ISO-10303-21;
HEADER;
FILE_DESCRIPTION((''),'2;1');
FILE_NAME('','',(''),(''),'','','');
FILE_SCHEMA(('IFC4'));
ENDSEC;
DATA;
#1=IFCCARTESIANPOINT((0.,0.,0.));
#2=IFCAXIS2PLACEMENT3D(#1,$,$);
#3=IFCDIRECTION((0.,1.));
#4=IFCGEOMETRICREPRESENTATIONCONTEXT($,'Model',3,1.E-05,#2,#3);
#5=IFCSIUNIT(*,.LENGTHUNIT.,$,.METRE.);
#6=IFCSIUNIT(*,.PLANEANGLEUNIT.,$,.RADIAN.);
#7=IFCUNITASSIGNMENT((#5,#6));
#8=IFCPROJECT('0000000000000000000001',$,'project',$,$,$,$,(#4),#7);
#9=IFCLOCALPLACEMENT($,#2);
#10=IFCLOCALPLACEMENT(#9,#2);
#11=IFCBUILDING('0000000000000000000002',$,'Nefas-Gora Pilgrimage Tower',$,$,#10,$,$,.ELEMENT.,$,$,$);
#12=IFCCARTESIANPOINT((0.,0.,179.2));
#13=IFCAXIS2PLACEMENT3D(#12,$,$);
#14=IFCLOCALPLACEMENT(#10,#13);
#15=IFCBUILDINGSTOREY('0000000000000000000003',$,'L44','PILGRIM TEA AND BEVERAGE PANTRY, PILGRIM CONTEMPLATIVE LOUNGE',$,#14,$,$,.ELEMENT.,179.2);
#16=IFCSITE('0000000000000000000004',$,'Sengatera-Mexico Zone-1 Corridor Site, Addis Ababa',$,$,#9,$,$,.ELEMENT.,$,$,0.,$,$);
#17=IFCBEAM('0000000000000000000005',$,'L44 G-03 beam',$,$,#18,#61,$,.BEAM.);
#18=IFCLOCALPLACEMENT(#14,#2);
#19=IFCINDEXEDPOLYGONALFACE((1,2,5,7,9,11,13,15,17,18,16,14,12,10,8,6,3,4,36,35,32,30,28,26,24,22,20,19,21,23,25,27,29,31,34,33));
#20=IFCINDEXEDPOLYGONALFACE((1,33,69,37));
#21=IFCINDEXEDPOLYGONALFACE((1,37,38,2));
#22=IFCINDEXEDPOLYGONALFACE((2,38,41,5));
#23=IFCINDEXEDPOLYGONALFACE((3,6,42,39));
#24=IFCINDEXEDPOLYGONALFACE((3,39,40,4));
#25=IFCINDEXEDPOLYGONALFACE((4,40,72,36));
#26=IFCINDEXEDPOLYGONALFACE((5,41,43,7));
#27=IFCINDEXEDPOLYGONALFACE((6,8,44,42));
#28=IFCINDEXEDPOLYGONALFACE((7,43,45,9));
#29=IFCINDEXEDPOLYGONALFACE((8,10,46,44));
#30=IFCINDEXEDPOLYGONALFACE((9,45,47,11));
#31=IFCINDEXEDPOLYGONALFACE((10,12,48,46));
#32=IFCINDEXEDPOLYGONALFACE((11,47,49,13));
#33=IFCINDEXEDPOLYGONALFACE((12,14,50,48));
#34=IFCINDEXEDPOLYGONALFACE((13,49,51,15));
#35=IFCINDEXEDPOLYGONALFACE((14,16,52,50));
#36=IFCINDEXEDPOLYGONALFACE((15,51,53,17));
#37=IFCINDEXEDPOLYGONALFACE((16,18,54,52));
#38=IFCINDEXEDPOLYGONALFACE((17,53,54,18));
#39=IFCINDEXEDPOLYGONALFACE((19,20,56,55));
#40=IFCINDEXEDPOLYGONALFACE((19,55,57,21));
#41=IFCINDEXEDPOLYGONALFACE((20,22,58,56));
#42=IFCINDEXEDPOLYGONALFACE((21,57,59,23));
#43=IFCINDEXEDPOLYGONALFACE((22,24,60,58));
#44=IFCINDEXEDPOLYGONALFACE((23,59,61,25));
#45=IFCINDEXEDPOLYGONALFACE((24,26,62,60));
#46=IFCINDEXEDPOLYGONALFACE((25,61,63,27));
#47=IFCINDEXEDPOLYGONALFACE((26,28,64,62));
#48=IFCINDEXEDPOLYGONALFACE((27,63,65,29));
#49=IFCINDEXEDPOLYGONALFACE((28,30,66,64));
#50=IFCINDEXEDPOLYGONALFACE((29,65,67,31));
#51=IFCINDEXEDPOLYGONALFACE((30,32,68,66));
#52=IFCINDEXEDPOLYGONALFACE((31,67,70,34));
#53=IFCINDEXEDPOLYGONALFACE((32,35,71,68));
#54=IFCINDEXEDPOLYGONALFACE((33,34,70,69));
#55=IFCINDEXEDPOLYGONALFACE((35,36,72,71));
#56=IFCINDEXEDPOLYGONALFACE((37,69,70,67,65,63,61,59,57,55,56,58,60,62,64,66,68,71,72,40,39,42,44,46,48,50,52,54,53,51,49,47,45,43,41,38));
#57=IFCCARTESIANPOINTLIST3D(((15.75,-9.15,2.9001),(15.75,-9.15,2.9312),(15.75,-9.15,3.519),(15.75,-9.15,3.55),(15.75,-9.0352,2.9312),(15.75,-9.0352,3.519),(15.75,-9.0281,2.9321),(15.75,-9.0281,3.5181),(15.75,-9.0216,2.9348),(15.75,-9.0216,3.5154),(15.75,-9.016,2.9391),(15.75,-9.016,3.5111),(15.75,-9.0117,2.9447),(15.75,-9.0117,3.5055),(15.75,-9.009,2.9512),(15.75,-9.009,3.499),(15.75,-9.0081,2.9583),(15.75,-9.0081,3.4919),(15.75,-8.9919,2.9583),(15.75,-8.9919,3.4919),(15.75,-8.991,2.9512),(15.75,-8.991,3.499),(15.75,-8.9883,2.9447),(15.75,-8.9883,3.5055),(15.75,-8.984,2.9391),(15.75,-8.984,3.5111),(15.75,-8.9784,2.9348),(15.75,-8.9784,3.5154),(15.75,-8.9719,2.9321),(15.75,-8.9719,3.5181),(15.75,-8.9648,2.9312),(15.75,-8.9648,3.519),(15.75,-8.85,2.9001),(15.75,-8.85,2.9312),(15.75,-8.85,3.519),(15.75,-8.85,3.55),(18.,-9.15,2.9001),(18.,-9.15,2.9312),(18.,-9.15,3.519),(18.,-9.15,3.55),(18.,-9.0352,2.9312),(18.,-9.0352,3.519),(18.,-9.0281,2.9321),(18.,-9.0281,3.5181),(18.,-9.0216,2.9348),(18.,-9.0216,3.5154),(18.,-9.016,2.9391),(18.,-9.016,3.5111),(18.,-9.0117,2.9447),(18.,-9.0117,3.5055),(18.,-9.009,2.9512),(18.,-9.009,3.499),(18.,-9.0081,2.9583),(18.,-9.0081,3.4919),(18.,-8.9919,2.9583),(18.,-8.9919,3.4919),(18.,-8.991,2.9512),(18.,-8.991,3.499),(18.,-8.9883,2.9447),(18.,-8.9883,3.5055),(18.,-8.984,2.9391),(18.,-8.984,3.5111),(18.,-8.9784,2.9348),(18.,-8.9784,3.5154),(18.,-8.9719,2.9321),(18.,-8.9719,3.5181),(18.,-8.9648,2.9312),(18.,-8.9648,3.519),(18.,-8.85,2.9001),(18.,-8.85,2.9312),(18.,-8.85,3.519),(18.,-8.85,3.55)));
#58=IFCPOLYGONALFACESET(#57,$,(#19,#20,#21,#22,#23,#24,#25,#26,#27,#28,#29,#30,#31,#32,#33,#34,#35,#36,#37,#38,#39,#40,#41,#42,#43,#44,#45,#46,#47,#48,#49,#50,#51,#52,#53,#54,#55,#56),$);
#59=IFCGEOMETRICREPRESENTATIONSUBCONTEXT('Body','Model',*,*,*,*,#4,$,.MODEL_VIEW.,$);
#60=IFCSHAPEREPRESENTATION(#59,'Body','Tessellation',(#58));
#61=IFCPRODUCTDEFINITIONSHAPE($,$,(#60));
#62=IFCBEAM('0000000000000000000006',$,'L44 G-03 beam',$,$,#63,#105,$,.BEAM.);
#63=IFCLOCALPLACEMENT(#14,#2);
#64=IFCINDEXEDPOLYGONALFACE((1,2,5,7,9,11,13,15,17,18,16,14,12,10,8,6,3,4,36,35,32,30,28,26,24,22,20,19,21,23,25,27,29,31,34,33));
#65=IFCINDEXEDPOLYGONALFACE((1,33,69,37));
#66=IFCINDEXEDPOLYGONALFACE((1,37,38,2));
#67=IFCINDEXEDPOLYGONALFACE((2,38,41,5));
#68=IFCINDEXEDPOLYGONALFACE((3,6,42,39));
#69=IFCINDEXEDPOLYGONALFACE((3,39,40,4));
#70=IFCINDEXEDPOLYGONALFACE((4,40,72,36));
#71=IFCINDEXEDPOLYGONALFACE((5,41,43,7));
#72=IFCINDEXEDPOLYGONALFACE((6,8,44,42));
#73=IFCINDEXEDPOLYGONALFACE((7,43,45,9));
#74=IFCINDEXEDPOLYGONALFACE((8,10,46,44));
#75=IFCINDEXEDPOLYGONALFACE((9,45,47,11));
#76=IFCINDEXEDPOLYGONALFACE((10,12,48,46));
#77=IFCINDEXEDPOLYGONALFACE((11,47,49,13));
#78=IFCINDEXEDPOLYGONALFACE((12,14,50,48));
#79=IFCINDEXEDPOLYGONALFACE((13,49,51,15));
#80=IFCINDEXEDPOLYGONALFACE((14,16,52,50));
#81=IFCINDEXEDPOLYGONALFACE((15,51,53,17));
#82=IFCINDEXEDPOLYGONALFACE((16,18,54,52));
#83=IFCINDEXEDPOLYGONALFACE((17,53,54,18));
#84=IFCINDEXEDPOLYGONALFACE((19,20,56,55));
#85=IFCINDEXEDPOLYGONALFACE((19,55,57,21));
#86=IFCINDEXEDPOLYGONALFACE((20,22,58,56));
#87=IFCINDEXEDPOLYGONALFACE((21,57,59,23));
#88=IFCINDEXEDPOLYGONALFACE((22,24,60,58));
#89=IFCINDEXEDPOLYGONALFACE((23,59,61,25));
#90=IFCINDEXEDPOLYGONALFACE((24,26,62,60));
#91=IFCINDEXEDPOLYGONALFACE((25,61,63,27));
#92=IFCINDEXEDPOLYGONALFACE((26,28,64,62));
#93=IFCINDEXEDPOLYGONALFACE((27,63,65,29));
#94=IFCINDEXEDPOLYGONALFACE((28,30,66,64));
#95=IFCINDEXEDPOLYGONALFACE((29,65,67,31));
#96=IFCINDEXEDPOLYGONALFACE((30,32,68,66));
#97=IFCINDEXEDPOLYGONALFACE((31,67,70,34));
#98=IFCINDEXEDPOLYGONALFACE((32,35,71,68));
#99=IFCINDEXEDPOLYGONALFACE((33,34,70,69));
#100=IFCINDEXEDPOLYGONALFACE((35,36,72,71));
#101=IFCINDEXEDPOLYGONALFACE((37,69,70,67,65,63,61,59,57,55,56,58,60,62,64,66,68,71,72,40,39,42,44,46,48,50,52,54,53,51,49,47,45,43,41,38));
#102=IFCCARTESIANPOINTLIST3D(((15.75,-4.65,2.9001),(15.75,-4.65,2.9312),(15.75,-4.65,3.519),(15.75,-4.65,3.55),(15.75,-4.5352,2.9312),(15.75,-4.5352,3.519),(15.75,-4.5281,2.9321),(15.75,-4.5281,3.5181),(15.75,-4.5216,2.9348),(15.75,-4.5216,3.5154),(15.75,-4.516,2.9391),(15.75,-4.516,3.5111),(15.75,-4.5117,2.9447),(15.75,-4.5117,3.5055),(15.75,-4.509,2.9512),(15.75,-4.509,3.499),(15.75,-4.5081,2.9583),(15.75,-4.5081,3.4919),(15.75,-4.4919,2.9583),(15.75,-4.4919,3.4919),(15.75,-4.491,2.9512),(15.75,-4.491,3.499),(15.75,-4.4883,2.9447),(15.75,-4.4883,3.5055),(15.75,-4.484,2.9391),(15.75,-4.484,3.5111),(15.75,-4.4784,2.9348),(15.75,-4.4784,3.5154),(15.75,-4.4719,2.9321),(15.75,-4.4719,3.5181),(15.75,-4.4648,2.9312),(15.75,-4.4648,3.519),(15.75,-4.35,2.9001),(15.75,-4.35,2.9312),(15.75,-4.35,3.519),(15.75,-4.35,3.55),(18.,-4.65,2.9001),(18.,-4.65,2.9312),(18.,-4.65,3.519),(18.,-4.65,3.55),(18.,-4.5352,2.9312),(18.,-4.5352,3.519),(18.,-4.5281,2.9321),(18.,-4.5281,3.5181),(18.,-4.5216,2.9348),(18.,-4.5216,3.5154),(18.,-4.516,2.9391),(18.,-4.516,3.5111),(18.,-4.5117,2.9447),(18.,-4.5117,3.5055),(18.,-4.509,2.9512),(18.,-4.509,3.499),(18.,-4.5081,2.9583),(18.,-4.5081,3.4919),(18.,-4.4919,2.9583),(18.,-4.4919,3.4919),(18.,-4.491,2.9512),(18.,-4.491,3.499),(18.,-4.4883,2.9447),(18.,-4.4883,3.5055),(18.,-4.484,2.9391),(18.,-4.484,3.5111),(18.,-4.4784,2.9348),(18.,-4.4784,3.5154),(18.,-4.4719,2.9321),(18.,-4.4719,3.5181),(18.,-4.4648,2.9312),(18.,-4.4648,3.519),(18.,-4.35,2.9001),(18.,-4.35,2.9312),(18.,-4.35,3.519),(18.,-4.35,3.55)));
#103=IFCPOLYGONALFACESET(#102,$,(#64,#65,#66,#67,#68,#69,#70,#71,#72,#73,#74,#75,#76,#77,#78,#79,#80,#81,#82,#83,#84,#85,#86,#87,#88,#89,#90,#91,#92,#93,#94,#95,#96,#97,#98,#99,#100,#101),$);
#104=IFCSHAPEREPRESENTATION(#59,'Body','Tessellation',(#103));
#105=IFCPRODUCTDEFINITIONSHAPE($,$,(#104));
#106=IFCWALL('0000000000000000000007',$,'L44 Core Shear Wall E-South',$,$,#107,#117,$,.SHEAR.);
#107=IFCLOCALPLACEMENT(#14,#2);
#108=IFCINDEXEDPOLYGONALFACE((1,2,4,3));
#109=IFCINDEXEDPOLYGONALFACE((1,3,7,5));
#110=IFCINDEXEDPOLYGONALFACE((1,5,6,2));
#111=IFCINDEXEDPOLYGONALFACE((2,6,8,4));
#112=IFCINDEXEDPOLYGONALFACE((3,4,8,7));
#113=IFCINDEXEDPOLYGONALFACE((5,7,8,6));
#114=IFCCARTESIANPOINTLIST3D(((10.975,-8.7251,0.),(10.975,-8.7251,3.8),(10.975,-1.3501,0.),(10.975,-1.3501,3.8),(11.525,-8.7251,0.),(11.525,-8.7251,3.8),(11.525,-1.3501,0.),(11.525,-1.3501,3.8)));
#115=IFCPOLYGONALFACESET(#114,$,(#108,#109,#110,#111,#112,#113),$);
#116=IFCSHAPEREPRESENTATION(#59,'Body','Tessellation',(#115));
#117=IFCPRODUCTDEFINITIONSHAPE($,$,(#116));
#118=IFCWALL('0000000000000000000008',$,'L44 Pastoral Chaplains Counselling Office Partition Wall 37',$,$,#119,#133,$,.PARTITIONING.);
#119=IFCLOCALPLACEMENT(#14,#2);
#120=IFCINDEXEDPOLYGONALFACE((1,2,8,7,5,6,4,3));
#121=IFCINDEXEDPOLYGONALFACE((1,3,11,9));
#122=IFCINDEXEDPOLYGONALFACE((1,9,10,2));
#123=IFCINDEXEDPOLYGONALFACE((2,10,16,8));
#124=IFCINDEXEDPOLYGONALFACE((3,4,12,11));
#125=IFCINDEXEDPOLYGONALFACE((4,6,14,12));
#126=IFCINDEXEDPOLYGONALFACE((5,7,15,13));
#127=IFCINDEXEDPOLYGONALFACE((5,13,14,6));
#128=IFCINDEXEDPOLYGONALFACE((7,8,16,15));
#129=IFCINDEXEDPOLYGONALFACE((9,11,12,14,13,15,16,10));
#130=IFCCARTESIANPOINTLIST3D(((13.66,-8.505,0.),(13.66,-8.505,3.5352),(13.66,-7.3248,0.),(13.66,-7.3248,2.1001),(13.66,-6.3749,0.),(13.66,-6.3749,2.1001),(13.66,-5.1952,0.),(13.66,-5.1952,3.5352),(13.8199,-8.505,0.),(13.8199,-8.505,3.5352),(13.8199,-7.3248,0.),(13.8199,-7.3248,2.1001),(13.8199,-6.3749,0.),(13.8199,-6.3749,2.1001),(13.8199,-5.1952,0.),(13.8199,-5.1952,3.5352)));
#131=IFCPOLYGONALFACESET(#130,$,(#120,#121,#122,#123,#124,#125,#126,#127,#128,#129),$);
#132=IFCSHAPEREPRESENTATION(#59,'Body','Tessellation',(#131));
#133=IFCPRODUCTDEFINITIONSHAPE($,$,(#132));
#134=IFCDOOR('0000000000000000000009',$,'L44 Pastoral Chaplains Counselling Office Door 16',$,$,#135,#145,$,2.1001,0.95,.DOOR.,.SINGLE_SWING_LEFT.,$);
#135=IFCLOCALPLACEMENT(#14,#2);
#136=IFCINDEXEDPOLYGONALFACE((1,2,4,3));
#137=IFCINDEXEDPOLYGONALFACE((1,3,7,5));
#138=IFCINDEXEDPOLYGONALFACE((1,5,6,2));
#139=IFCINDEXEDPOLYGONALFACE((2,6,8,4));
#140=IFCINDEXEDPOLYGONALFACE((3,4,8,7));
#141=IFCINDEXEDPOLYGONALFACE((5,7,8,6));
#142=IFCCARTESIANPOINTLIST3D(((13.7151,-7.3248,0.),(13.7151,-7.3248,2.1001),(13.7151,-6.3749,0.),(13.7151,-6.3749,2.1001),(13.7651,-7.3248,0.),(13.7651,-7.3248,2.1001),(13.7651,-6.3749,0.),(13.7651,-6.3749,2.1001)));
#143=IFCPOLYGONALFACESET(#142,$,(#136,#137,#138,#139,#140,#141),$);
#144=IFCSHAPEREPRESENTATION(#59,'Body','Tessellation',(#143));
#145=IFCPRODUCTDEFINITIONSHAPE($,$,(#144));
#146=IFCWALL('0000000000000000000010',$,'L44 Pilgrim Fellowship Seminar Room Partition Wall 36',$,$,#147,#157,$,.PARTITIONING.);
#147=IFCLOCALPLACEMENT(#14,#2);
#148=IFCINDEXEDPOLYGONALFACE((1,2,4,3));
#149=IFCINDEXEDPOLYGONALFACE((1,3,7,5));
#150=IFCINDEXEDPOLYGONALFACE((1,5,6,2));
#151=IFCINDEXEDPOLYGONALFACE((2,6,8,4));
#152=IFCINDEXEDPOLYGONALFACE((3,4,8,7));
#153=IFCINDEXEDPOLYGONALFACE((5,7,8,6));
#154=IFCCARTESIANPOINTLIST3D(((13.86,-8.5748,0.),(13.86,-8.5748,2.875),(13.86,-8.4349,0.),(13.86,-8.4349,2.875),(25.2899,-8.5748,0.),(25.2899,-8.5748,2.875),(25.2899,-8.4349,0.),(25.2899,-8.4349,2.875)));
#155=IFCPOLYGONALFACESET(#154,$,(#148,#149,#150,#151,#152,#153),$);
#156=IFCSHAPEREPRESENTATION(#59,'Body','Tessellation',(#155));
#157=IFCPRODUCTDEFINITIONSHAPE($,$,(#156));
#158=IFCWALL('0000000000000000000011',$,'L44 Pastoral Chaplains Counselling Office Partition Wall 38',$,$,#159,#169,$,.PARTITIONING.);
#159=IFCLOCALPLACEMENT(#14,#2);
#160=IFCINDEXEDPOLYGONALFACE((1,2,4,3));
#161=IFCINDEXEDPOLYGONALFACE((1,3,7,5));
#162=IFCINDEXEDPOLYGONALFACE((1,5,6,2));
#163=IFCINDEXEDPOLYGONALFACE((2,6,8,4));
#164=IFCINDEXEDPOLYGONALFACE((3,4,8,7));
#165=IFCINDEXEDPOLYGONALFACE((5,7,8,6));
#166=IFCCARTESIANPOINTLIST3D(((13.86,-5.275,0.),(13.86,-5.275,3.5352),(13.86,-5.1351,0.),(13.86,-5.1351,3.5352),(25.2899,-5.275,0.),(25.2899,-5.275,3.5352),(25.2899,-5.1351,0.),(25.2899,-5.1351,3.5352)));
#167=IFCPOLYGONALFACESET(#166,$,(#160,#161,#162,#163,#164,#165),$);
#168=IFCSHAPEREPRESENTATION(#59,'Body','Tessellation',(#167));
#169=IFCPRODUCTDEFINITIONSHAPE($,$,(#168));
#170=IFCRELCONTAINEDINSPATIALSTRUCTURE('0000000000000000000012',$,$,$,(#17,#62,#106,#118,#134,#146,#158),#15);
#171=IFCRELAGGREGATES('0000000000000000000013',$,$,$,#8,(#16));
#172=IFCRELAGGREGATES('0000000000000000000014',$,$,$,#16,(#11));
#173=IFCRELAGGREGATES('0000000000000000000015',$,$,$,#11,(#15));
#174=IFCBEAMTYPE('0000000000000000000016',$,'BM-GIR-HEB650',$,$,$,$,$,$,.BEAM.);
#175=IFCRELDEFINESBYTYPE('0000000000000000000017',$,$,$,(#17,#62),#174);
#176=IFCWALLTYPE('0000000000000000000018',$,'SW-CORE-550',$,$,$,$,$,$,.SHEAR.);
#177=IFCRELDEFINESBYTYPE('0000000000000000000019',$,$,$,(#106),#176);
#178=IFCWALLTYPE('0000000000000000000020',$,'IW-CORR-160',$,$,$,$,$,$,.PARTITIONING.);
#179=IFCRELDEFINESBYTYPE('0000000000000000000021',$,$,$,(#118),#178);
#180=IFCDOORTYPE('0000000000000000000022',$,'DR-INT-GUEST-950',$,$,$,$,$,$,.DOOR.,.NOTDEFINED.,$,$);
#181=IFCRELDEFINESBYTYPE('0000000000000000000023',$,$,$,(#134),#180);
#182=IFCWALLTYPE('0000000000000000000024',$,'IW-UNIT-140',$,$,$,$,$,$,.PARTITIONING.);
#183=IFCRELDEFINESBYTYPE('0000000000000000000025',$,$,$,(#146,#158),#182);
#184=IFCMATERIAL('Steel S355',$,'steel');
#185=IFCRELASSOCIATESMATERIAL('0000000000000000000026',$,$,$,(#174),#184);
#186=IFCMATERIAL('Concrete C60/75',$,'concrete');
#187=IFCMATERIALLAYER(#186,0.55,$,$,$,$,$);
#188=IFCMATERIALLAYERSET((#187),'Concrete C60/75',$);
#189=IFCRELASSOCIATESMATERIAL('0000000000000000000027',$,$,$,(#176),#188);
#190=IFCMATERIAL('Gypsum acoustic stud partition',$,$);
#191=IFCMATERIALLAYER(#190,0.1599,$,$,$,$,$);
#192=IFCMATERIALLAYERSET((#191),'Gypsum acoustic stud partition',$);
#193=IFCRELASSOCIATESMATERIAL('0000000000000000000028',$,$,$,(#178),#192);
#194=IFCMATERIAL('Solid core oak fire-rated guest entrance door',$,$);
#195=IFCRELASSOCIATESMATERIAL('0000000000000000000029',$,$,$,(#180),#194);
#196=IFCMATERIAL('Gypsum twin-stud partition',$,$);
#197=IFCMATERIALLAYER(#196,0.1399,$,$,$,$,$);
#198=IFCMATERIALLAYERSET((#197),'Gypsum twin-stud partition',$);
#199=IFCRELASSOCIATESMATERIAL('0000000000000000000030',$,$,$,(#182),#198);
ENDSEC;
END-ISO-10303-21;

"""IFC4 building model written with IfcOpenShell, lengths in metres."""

from ifc_helpers import new_model, si_unit, direction, frame, frame_2d, origin, origin_2d, place, context, subcontext, project, spatial, rectangle, i_section, extrude, source, transform, mapped, material, layer, layer_set, material_profile, profile_set, type_object, element, fill, save


model = new_model("IFC4")

# Units and contexts
model_context = context("Model", 3, precision=1e-05, world=origin(), true_north=direction((0.0, 1.0)))
body_context = subcontext(model_context, "Body", "Model", "MODEL_VIEW")
ifc_project = project(units=[si_unit("LENGTHUNIT", "METRE"), si_unit("PLANEANGLEUNIT", "RADIAN")], contexts=[model_context])

# Site, building, storey
site_placement = place(None, origin())
site = spatial("IfcSite", under=ifc_project, at=site_placement, Name="Sengatera-Mexico Zone-1 Corridor Site, Addis Ababa", CompositionType="ELEMENT", RefElevation=0.0)
building_placement = place(site_placement, origin())
building = spatial("IfcBuilding", under=site, at=building_placement, Name="Nefas-Gora Pilgrimage Tower", CompositionType="ELEMENT")
storey_placement = place(building_placement, frame((0.0, 0.0, 179.2)))
storey = spatial("IfcBuildingStorey", under=building, at=storey_placement, Name="L44", Description="PILGRIM TEA AND BEVERAGE PANTRY, PILGRIM CONTEMPLATIVE LOUNGE", CompositionType="ELEMENT", Elevation=179.2)

# Beams
ifc_material_1 = material(Name="Concrete C60/75", Category="concrete")
ifc_material_2 = material(Name="Steel S355", Category="steel")
ifc_material_profile_1 = material_profile(ifc_material_2, i_section(OverallWidth=0.3, OverallDepth=0.6499, WebThickness=0.0161, FlangeThickness=0.031, FilletRadius=0.0271, at=origin_2d()), Name="HEB 650")
ifc_profile_set_1 = profile_set([ifc_material_profile_1], Name="Steel S355")
beam_type_1 = type_object("IfcBeamType", Name="BM-GIR-HEB650", PredefinedType="BEAM", material=ifc_profile_set_1)
shared_shape_1 = source(origin(), body_context, "Body", "SweptSolid", [
    extrude(i_section(OverallWidth=0.3, OverallDepth=0.6499, WebThickness=0.0161, FlangeThickness=0.031, FilletRadius=0.0271, at=origin_2d()), origin(), (0.0, 0.0, 1.0), 2.25),
])
for number, where, z_axis, x_axis, name in (
    (1, (15.75, -9.0, 3.2251), (1.0, 0.0, 0.0), (0.0, 1.0, 0.0), "L44 G-03 beam"),
    (2, (15.75, -4.5, 3.2251), (1.0, 0.0, 0.0), (0.0, 1.0, 0.0), "L44 G-03 beam"),
):
    element("IfcBeam", number, at=place(storey_placement, frame(where, z_axis=z_axis, x_axis=x_axis)), inside=storey, type_object=beam_type_1, Name=name, PredefinedType="BEAM", context=body_context, shape_type="MappedRepresentation", body=[
        mapped(shared_shape_1, transform((0.0, 0.0, 0.0), x_axis=(1.0, 0.0, 0.0), y_axis=(0.0, 1.0, 0.0), z_axis=(0.0, 0.0, 1.0), scale=1.0)),
    ])

# Wall
ifc_layer_1 = layer(ifc_material_1, 0.55)
ifc_layer_set_1 = layer_set([ifc_layer_1], Name="Concrete C60/75")
wall_type_1 = type_object("IfcWallType", Name="SW-CORE-550", PredefinedType="SHEAR", material=ifc_layer_set_1)
shared_shape_2 = source(origin(), body_context, "Body", "SweptSolid", [
    extrude(rectangle(XDim=7.375, YDim=0.55, at=frame_2d((3.6875, 0.0))), origin(), (0.0, 0.0, 1.0), 3.8),
])
wall_1_placement = place(storey_placement, frame((11.25, -8.7251, 0.0), z_axis=(0.0, 0.0, 1.0), x_axis=(0.0, 1.0, 0.0)))
element("IfcWall", 3, at=wall_1_placement, inside=storey, type_object=wall_type_1, Name="L44 Core Shear Wall E-South", PredefinedType="SHEAR", context=body_context, shape_type="MappedRepresentation", body=[
    mapped(shared_shape_2, transform((0.0, 0.0, 0.0), x_axis=(1.0, 0.0, 0.0), y_axis=(0.0, 1.0, 0.0), z_axis=(0.0, 0.0, 1.0), scale=1.0)),
])

# Wall, opening, door
ifc_material_3 = material(Name="Gypsum acoustic stud partition")
ifc_layer_2 = layer(ifc_material_3, 0.1599)
ifc_layer_set_2 = layer_set([ifc_layer_2], Name="Gypsum acoustic stud partition")
wall_type_2 = type_object("IfcWallType", Name="IW-CORR-160", PredefinedType="PARTITIONING", material=ifc_layer_set_2)
shared_shape_3 = source(origin(), body_context, "Body", "SweptSolid", [
    extrude(rectangle(XDim=3.3098, YDim=0.1599, at=frame_2d((1.6548, 0.0))), origin(), (0.0, 0.0, 1.0), 3.5352),
])
wall_2_placement = place(storey_placement, frame((13.74, -8.5049, 0.0), z_axis=(0.0, 0.0, 1.0), x_axis=(0.0, 1.0, 0.0)))
wall_2 = element("IfcWall", 4, at=wall_2_placement, inside=storey, type_object=wall_type_2, Name="L44 Pastoral Chaplains Counselling Office Partition Wall 37", PredefinedType="PARTITIONING", context=body_context, shape_type="MappedRepresentation", body=[
    mapped(shared_shape_3, transform((0.0, 0.0, 0.0), x_axis=(1.0, 0.0, 0.0), y_axis=(0.0, 1.0, 0.0), z_axis=(0.0, 0.0, 1.0), scale=1.0)),
])
opening_1_placement = place(wall_2_placement, frame((1.1799, 0.0, 0.0)))
opening_1 = element("IfcOpeningElement", 5, at=opening_1_placement, cuts=wall_2, PredefinedType="OPENING", context=body_context, shape_type="SweptSolid", body=[
    extrude(rectangle(XDim=0.95, YDim=2.1001, at=frame_2d((0.4751, 1.05))), frame((0.0, 0.0898, 0.0), z_axis=(0.0, -1.0, 0.0), x_axis=(1.0, 0.0, 0.0)), (0.0, 0.0, 1.0), 0.1799),
])
ifc_material_4 = material(Name="Solid core oak fire-rated guest entrance door")
door_type_1 = type_object("IfcDoorType", Name="DR-INT-GUEST-950", OperationType="NOTDEFINED", PredefinedType="DOOR", material=ifc_material_4)
shared_shape_4 = source(origin(), body_context, "Body", "SweptSolid", [
    extrude(rectangle(XDim=0.95, YDim=2.1001, at=frame_2d((0.4751, 1.05))), frame((0.0, 0.0249, 0.0), z_axis=(0.0, -1.0, 0.0), x_axis=(1.0, 0.0, 0.0)), (0.0, 0.0, 1.0), 0.05),
])
door_1_placement = place(opening_1_placement, origin())
door_1 = element("IfcDoor", 6, at=door_1_placement, inside=storey, type_object=door_type_1, Name="L44 Pastoral Chaplains Counselling Office Door 16", OperationType="SINGLE_SWING_LEFT", OverallHeight=2.1001, OverallWidth=0.95, PredefinedType="DOOR", context=body_context, shape_type="MappedRepresentation", body=[
    mapped(shared_shape_4, transform((0.0, 0.0, 0.0), x_axis=(1.0, 0.0, 0.0), y_axis=(0.0, 1.0, 0.0), z_axis=(0.0, 0.0, 1.0), scale=1.0)),
])
fill(opening_1, door_1)

# Walls
ifc_material_5 = material(Name="Gypsum twin-stud partition")
ifc_layer_3 = layer(ifc_material_5, 0.1399)
ifc_layer_set_3 = layer_set([ifc_layer_3], Name="Gypsum twin-stud partition")
wall_type_3 = type_object("IfcWallType", Name="IW-UNIT-140", PredefinedType="PARTITIONING", material=ifc_layer_set_3)
shared_shape_5 = source(origin(), body_context, "Body", "SweptSolid", [
    extrude(rectangle(XDim=11.4299, YDim=0.1399, at=frame_2d((5.7148, 0.0))), origin(), (0.0, 0.0, 1.0), 2.875),
])
wall_3_placement = place(storey_placement, frame((13.8601, -8.5049, 0.0), z_axis=(0.0, 0.0, 1.0), x_axis=(1.0, 0.0, 0.0)))
element("IfcWall", 7, at=wall_3_placement, inside=storey, type_object=wall_type_3, Name="L44 Pilgrim Fellowship Seminar Room Partition Wall 36", PredefinedType="PARTITIONING", context=body_context, shape_type="MappedRepresentation", body=[
    mapped(shared_shape_5, transform((0.0, 0.0, 0.0), x_axis=(1.0, 0.0, 0.0), y_axis=(0.0, 1.0, 0.0), z_axis=(0.0, 0.0, 1.0), scale=1.0)),
])
shared_shape_6 = source(origin(), body_context, "Body", "SweptSolid", [
    extrude(rectangle(XDim=11.4299, YDim=0.1399, at=frame_2d((5.7148, 0.0))), origin(), (0.0, 0.0, 1.0), 3.5352),
])
wall_4_placement = place(storey_placement, frame((13.8601, -5.2051, 0.0), z_axis=(0.0, 0.0, 1.0), x_axis=(1.0, 0.0, 0.0)))
element("IfcWall", 8, at=wall_4_placement, inside=storey, type_object=wall_type_3, Name="L44 Pastoral Chaplains Counselling Office Partition Wall 38", PredefinedType="PARTITIONING", context=body_context, shape_type="MappedRepresentation", body=[
    mapped(shared_shape_6, transform((0.0, 0.0, 0.0), x_axis=(1.0, 0.0, 0.0), y_axis=(0.0, 1.0, 0.0), z_axis=(0.0, 0.0, 1.0), scale=1.0)),
])

save(model, "model.ifc")
